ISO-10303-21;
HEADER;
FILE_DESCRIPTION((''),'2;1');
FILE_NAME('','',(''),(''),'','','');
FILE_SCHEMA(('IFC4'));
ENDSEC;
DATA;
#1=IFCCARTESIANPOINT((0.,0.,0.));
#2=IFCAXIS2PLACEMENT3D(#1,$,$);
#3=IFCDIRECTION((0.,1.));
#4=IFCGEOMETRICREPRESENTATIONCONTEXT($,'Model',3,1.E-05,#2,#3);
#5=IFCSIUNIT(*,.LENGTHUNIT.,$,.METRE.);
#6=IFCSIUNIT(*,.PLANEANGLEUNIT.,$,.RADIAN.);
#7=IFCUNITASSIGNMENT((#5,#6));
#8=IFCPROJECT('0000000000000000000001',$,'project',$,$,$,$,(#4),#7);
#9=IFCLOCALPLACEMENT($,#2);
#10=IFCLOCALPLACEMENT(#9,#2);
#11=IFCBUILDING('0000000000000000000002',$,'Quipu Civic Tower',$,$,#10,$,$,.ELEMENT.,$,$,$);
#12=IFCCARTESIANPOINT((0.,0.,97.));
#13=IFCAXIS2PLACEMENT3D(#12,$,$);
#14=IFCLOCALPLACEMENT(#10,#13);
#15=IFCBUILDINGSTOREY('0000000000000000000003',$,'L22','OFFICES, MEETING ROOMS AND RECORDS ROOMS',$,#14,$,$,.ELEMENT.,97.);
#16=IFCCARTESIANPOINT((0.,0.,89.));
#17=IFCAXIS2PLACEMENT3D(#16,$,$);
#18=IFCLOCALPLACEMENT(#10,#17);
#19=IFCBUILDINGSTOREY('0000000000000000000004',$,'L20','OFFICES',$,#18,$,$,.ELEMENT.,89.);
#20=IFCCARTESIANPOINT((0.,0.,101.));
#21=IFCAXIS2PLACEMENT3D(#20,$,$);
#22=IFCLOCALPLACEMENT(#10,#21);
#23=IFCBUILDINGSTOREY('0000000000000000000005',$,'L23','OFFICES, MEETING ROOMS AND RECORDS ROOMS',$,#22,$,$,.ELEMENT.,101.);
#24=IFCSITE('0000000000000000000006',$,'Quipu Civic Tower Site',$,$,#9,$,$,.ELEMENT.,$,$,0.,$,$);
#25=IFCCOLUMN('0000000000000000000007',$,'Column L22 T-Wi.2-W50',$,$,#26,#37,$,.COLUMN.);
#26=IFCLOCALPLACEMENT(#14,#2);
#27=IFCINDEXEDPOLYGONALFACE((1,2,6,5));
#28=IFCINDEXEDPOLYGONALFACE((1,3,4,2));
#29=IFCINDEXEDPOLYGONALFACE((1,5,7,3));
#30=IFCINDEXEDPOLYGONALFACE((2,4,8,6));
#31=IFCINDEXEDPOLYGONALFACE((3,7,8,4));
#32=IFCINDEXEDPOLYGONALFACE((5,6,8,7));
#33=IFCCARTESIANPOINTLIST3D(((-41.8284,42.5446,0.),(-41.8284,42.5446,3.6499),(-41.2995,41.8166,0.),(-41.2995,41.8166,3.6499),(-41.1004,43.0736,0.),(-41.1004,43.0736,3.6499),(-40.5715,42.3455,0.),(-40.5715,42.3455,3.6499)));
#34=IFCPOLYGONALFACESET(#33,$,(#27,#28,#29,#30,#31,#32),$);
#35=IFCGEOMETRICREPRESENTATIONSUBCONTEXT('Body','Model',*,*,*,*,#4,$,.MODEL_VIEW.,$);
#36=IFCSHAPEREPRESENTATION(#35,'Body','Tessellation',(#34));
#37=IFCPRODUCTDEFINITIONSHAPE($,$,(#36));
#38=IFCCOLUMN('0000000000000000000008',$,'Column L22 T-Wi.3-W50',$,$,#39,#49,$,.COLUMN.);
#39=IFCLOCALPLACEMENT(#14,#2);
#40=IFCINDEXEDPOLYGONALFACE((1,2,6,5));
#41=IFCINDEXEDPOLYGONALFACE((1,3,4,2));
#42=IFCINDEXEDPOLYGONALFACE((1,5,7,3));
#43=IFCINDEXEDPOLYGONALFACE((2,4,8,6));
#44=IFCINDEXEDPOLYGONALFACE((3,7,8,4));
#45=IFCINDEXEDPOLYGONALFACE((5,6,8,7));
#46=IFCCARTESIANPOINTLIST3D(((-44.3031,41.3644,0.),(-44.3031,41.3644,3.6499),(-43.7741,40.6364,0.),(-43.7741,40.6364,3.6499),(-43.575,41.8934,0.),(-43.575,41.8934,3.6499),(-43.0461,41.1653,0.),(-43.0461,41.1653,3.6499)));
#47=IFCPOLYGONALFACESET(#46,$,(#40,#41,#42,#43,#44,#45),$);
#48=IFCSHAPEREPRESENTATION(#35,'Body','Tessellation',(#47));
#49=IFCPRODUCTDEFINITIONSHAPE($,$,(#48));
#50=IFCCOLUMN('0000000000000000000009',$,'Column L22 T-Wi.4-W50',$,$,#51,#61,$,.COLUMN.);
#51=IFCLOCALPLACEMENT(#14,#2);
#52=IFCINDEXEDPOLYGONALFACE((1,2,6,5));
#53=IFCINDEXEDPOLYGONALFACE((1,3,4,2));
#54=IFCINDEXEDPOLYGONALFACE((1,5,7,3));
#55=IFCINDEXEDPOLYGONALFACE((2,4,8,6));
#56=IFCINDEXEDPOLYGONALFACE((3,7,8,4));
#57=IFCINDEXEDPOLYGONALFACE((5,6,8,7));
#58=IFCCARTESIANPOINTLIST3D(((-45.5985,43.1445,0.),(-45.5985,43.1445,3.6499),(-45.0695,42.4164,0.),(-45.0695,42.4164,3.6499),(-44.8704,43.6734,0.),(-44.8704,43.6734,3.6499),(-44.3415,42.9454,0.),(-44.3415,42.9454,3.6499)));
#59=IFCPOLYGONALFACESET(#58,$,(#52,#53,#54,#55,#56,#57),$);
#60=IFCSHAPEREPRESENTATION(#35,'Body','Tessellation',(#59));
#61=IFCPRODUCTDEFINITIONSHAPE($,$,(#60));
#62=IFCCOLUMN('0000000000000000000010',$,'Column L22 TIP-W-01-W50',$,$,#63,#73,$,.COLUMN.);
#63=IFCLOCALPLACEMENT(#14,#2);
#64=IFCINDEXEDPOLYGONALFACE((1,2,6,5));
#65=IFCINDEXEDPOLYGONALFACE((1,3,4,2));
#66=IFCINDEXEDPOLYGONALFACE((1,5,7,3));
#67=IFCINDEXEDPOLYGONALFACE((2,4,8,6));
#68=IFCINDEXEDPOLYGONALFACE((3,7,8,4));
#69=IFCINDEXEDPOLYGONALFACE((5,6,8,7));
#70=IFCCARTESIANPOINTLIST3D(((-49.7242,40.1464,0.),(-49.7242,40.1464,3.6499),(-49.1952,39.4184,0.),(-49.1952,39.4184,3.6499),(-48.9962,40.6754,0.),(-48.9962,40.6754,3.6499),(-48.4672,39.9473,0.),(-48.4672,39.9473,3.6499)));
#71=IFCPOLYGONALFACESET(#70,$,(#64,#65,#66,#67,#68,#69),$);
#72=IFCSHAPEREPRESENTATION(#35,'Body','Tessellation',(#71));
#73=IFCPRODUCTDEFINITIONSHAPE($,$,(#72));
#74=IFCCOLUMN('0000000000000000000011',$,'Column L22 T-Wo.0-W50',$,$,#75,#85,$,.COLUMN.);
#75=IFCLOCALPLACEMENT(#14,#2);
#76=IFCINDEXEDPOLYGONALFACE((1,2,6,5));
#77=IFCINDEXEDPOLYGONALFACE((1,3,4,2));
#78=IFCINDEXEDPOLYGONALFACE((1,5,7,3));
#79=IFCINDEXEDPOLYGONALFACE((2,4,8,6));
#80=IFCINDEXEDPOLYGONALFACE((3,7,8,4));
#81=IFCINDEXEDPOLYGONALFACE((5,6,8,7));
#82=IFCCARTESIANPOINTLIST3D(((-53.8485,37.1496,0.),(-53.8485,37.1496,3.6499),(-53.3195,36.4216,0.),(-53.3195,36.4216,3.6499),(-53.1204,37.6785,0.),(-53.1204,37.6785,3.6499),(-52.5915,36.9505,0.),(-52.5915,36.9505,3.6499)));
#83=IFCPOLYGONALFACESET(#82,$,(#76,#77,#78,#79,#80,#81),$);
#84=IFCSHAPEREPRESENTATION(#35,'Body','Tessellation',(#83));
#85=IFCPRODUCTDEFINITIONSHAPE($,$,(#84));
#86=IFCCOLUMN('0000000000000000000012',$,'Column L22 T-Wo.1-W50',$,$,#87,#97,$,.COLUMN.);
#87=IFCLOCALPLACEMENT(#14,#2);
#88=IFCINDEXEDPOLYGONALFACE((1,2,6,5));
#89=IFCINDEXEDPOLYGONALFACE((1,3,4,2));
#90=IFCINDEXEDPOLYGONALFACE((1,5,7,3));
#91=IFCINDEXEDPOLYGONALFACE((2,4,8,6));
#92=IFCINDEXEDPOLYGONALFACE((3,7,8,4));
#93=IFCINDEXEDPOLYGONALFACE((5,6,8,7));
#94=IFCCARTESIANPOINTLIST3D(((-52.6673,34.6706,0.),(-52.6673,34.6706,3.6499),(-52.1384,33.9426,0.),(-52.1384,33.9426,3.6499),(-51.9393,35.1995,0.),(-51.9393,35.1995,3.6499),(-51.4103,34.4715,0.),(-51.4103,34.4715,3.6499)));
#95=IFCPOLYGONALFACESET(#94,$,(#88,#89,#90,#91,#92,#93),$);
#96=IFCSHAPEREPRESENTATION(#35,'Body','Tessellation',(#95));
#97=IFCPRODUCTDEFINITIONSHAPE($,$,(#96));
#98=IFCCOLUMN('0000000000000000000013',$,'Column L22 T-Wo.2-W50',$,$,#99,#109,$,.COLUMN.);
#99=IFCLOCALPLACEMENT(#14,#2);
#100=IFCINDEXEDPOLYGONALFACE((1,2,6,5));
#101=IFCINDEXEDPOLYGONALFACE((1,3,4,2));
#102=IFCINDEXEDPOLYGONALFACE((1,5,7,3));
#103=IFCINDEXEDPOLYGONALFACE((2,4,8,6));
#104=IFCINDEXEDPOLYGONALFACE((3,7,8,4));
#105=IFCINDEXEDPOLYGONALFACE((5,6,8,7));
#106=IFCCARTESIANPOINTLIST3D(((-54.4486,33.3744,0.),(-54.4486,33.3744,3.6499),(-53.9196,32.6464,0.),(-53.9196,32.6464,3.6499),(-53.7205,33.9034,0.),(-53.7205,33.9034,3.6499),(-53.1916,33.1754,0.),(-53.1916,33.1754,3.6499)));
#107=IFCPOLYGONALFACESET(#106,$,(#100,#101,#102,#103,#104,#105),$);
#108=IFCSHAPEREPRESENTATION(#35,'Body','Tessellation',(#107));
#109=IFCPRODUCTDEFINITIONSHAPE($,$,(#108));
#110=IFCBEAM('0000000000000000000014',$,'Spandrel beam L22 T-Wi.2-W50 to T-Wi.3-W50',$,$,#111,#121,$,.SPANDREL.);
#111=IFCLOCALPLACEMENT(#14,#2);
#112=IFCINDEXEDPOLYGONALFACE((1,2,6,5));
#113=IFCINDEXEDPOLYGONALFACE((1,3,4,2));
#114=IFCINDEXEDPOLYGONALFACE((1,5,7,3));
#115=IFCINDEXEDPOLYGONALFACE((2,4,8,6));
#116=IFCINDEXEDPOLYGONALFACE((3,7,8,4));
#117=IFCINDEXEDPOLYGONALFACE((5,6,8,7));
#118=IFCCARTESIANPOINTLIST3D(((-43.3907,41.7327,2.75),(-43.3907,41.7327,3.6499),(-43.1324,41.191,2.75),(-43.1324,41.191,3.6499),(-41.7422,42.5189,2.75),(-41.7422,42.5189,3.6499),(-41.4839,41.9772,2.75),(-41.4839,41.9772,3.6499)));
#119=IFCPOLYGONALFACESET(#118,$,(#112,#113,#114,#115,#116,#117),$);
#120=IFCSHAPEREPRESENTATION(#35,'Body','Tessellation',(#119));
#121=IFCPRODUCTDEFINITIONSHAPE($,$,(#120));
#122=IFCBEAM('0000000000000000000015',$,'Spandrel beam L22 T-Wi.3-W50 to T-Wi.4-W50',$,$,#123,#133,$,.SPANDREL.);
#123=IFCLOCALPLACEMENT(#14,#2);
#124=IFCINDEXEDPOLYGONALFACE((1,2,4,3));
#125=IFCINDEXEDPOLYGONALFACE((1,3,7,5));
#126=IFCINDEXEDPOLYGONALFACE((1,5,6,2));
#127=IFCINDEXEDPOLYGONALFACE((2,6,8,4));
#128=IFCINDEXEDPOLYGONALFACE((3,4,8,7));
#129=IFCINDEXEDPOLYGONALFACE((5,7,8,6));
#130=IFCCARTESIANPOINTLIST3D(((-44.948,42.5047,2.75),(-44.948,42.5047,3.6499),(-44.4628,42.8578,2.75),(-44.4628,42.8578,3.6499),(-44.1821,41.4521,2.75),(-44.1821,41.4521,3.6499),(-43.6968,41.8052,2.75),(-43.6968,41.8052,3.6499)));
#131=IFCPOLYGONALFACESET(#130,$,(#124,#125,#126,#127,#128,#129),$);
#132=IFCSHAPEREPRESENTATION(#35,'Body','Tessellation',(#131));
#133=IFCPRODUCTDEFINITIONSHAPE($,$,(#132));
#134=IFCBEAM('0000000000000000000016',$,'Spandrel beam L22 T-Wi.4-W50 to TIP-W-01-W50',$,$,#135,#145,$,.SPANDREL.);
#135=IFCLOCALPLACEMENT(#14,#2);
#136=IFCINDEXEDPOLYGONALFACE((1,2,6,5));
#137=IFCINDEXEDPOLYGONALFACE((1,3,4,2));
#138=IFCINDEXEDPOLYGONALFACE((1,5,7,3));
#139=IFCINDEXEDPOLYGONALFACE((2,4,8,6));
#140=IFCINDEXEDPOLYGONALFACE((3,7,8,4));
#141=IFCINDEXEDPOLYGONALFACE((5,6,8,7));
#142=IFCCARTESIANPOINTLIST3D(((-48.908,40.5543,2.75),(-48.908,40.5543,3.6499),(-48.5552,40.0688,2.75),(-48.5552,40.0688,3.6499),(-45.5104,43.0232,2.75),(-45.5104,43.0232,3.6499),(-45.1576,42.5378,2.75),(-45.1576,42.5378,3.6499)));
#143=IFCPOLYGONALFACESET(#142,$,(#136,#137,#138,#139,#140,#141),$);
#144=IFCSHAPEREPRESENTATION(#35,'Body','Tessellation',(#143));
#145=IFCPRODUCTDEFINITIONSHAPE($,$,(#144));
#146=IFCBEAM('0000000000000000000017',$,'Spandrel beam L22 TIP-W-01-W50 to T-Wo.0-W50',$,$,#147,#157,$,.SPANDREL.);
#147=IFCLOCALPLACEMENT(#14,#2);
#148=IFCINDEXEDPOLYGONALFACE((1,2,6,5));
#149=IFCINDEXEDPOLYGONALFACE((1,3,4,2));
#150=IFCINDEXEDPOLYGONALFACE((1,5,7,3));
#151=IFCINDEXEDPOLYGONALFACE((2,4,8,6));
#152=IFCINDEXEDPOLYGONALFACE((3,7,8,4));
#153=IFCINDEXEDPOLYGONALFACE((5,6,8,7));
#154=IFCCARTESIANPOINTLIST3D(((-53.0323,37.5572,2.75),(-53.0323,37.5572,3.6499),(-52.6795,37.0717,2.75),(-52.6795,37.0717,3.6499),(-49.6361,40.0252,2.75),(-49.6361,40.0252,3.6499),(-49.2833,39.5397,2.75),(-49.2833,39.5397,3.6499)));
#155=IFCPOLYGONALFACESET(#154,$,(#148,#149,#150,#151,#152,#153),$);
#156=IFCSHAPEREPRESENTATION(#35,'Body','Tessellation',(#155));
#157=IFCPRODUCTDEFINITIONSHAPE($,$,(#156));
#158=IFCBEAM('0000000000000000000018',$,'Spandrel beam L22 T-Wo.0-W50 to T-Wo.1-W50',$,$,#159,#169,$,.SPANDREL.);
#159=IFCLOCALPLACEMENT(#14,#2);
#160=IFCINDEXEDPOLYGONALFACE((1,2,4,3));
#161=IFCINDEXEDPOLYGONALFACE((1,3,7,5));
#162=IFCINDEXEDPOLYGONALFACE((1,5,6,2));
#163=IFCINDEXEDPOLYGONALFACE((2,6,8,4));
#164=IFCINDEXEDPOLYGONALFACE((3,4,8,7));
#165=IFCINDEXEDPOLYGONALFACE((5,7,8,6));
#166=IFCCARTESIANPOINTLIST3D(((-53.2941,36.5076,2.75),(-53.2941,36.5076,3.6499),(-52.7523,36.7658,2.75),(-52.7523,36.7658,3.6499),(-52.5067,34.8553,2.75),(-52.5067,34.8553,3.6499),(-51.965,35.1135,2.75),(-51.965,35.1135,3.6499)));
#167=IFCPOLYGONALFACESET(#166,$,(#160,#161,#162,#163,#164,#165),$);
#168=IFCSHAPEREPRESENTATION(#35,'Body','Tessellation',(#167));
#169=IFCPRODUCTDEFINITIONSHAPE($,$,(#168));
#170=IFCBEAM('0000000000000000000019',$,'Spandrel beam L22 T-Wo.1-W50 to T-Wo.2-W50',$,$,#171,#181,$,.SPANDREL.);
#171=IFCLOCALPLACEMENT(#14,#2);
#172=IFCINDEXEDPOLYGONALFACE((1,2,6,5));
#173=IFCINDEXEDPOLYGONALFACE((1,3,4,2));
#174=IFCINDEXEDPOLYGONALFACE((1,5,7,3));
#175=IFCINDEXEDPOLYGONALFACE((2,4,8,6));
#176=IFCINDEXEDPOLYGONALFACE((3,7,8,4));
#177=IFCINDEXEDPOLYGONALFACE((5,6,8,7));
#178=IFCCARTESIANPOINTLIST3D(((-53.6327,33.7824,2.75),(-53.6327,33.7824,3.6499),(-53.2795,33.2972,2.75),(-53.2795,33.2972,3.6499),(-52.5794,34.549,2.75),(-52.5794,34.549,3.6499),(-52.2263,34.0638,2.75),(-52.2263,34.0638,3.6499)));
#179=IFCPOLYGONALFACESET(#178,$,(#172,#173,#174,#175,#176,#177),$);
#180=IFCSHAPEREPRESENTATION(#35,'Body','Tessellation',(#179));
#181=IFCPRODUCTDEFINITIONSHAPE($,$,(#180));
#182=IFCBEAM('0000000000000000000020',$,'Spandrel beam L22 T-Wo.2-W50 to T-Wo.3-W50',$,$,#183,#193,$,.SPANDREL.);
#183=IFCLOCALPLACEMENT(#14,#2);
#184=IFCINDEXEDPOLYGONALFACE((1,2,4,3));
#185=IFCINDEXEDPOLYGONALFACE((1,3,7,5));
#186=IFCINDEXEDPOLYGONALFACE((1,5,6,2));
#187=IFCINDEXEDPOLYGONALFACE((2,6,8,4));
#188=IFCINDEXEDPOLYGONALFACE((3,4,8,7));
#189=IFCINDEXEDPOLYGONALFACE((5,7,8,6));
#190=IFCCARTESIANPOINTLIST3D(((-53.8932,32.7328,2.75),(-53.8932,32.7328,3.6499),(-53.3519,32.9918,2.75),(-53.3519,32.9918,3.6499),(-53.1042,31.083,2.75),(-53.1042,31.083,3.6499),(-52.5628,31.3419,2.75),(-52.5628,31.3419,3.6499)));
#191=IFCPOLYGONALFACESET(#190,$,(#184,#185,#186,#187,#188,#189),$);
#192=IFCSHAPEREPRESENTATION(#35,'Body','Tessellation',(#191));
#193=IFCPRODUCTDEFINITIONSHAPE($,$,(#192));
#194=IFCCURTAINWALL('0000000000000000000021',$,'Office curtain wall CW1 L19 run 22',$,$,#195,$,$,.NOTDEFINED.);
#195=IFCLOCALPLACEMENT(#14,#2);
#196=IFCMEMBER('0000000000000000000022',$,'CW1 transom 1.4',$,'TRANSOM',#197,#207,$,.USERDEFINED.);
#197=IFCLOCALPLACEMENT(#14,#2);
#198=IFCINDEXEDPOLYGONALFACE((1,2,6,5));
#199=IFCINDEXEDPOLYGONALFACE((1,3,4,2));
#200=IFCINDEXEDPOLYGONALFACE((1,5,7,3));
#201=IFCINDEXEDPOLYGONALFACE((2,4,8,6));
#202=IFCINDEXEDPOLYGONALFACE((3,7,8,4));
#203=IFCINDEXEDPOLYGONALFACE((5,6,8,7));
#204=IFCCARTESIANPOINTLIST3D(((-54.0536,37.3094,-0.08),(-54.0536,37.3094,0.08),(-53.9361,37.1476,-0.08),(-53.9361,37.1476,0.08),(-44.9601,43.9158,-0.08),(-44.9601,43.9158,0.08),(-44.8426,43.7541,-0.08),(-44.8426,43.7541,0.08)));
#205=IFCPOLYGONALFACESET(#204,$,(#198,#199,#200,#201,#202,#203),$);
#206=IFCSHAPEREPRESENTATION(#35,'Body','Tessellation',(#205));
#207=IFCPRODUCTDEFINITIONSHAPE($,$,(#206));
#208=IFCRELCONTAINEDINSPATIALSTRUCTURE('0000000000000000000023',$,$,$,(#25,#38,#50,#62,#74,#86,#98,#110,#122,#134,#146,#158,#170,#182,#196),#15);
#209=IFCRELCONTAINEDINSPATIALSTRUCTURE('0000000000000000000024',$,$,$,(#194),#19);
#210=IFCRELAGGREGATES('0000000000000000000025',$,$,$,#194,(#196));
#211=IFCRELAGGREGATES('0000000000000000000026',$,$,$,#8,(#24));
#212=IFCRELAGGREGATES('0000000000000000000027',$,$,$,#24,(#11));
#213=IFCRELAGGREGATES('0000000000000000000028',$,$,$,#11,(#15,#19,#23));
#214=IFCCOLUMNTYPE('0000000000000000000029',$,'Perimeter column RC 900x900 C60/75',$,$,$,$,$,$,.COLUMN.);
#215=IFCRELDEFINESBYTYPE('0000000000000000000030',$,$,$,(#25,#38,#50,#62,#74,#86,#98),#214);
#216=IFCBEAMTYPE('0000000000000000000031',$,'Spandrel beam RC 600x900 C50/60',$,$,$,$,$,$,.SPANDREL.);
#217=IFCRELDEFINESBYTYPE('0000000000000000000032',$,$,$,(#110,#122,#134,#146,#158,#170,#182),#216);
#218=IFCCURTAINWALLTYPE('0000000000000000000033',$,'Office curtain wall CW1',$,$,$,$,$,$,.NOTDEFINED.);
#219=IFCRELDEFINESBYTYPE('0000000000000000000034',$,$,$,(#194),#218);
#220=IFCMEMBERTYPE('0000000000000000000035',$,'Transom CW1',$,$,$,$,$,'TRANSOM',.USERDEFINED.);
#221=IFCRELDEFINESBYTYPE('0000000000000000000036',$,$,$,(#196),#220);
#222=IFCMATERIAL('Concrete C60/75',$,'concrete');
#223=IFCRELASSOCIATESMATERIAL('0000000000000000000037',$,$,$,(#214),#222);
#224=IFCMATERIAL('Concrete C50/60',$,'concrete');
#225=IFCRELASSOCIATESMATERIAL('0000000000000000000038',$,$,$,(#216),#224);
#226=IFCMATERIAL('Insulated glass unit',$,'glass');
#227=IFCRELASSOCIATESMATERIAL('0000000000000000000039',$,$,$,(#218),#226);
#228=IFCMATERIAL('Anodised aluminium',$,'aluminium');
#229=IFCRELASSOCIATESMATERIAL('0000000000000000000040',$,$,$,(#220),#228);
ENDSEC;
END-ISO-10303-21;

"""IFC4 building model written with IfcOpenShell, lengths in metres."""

from ifc_helpers import new_model, si_unit, direction, frame, origin, origin_2d, place, context, subcontext, project, spatial, rectangle, extrude, material, material_profile, profile_set, type_object, element, aggregate, save


model = new_model("IFC4")

# Units and contexts
model_context = context("Model", 3, precision=1e-05, world=origin(), true_north=direction((0.0, 1.0)))
body_context = subcontext(model_context, "Body", "Model", "MODEL_VIEW")
ifc_project = project(units=[si_unit("LENGTHUNIT", "METRE"), si_unit("PLANEANGLEUNIT", "RADIAN")], contexts=[model_context])

# Site, building, storey
site_placement = place(None, origin())
site = spatial("IfcSite", under=ifc_project, at=site_placement, Name="Quipu Civic Tower Site", CompositionType="ELEMENT", RefElevation=0.0)
building_placement = place(site_placement, origin())
building = spatial("IfcBuilding", under=site, at=building_placement, Name="Quipu Civic Tower", CompositionType="ELEMENT")
storey_1_placement = place(building_placement, frame((0.0, 0.0, 97.0)))
storey_1 = spatial("IfcBuildingStorey", under=building, at=storey_1_placement, Name="L22", Description="OFFICES, MEETING ROOMS AND RECORDS ROOMS", CompositionType="ELEMENT", Elevation=97.0)

# Columns
ifc_material_1 = material(Name="Concrete C60/75", Category="concrete")
ifc_material_profile_1 = material_profile(ifc_material_1, rectangle(XDim=0.8999, YDim=0.8999, at=origin_2d()), Name="RC900x900")
ifc_profile_set_1 = profile_set([ifc_material_profile_1], Name="Concrete C60/75")
column_type = type_object("IfcColumnType", Name="Perimeter column RC 900x900 C60/75", PredefinedType="COLUMN", material=ifc_profile_set_1)
for number, where, z_axis, x_axis, name in (
    (1, (-41.2, 42.4451, 0.0), (0.0, 0.0, 1.0), (-0.587785, 0.809017, 0.0), "Column L22 T-Wi.2-W50"),
    (2, (-43.6746, 41.2649, 0.0), (0.0, 0.0, 1.0), (-0.809017, -0.587785, 0.0), "Column L22 T-Wi.3-W50"),
    (3, (-44.97, 43.0449, 0.0), (0.0, 0.0, 1.0), (-0.809017, -0.587785, 0.0), "Column L22 T-Wi.4-W50"),
    (4, (-49.0957, 40.0469, 0.0), (0.0, 0.0, 1.0), (-0.809017, -0.587785, 0.0), "Column L22 TIP-W-01-W50"),
    (5, (-53.22, 37.05, 0.0), (0.0, 0.0, 1.0), (0.587785, -0.809017, 0.0), "Column L22 T-Wo.0-W50"),
    (6, (-52.0388, 34.571, 0.0), (0.0, 0.0, 1.0), (-0.809017, -0.587785, 0.0), "Column L22 T-Wo.1-W50"),
    (7, (-53.8201, 33.2749, 0.0), (0.0, 0.0, 1.0), (0.587785, -0.809017, 0.0), "Column L22 T-Wo.2-W50"),
):
    element("IfcColumn", number, at=place(storey_1_placement, frame(where, z_axis=z_axis, x_axis=x_axis)), inside=storey_1, type_object=column_type, Name=name, PredefinedType="COLUMN", context=body_context, shape_type="SweptSolid", body=[
        extrude(rectangle(XDim=0.8999, YDim=0.8999, at=origin_2d()), origin(), (0.0, 0.0, 1.0), 3.6499),
    ])

# Beams
ifc_material_2 = material(Name="Concrete C50/60", Category="concrete")
ifc_material_profile_2 = material_profile(ifc_material_2, rectangle(XDim=0.6001, YDim=0.8999, at=origin_2d()), Name="RC600x900")
ifc_profile_set_2 = profile_set([ifc_material_profile_2], Name="Concrete C50/60")
beam_type = type_object("IfcBeamType", Name="Spandrel beam RC 600x900 C50/60", PredefinedType="SPANDREL", material=ifc_profile_set_2)
beam_1_placement = place(storey_1_placement, frame((-41.613, 42.248, 3.2), z_axis=(-0.902613, -0.430452, 0.0), x_axis=(0.430452, -0.902613, 0.0)))
element("IfcBeam", 8, at=beam_1_placement, inside=storey_1, type_object=beam_type, Name="Spandrel beam L22 T-Wi.2-W50 to T-Wi.3-W50", PredefinedType="SPANDREL", context=body_context, shape_type="SweptSolid", body=[
    extrude(rectangle(XDim=0.6001, YDim=0.8999, at=origin_2d()), origin(), (0.0, 0.0, 1.0), 1.8264),
])
beam_2_placement = place(storey_1_placement, frame((-43.9395, 41.6287, 3.2), z_axis=(-0.588384, 0.808582, 0.0), x_axis=(-0.808582, -0.588384, 0.0)))
element("IfcBeam", 9, at=beam_2_placement, inside=storey_1, type_object=beam_type, Name="Spandrel beam L22 T-Wi.3-W50 to T-Wi.4-W50", PredefinedType="SPANDREL", context=body_context, shape_type="SweptSolid", body=[
    extrude(rectangle(XDim=0.6001, YDim=0.8999, at=origin_2d()), origin(), (0.0, 0.0, 1.0), 1.3018),
])
beam_3_placement = place(storey_1_placement, frame((-45.334, 42.7805, 3.2), z_axis=(-0.80897, -0.58785, 0.0), x_axis=(0.58785, -0.80897, 0.0)))
element("IfcBeam", 10, at=beam_3_placement, inside=storey_1, type_object=beam_type, Name="Spandrel beam L22 T-Wi.4-W50 to TIP-W-01-W50", PredefinedType="SPANDREL", context=body_context, shape_type="SweptSolid", body=[
    extrude(rectangle(XDim=0.6001, YDim=0.8999, at=origin_2d()), origin(), (0.0, 0.0, 1.0), 4.2),
])
beam_4_placement = place(storey_1_placement, frame((-49.4597, 39.7825, 3.2), z_axis=(-0.80896, -0.587864, 0.0), x_axis=(0.587864, -0.80896, 0.0)))
element("IfcBeam", 11, at=beam_4_placement, inside=storey_1, type_object=beam_type, Name="Spandrel beam L22 TIP-W-01-W50 to T-Wo.0-W50", PredefinedType="SPANDREL", context=body_context, shape_type="SweptSolid", body=[
    extrude(rectangle(XDim=0.6001, YDim=0.8999, at=origin_2d()), origin(), (0.0, 0.0, 1.0), 4.1982),
])
beam_5_placement = place(storey_1_placement, frame((-53.0232, 36.6367, 3.2), z_axis=(0.430167, -0.90275, 0.0), x_axis=(0.90275, 0.430167, 0.0)))
element("IfcBeam", 12, at=beam_5_placement, inside=storey_1, type_object=beam_type, Name="Spandrel beam L22 T-Wo.0-W50 to T-Wo.1-W50", PredefinedType="SPANDREL", context=body_context, shape_type="SweptSolid", body=[
    extrude(rectangle(XDim=0.6001, YDim=0.8999, at=origin_2d()), origin(), (0.0, 0.0, 1.0), 1.8303),
])
beam_6_placement = place(storey_1_placement, frame((-52.4028, 34.3064, 3.2), z_axis=(-0.808509, -0.588484, 0.0), x_axis=(0.588484, -0.808509, 0.0)))
element("IfcBeam", 13, at=beam_6_placement, inside=storey_1, type_object=beam_type, Name="Spandrel beam L22 T-Wo.1-W50 to T-Wo.2-W50", PredefinedType="SPANDREL", context=body_context, shape_type="SweptSolid", body=[
    extrude(rectangle(XDim=0.6001, YDim=0.8999, at=origin_2d()), origin(), (0.0, 0.0, 1.0), 1.3027),
])
beam_7_placement = place(storey_1_placement, frame((-53.6226, 32.8623, 3.2), z_axis=(0.431446, -0.902139, 0.0), x_axis=(0.902139, 0.431446, 0.0)))
element("IfcBeam", 14, at=beam_7_placement, inside=storey_1, type_object=beam_type, Name="Spandrel beam L22 T-Wo.2-W50 to T-Wo.3-W50", PredefinedType="SPANDREL", context=body_context, shape_type="SweptSolid", body=[
    extrude(rectangle(XDim=0.6001, YDim=0.8999, at=origin_2d()), origin(), (0.0, 0.0, 1.0), 1.8289),
])

# Shared definitions
storey_2_placement = place(building_placement, frame((0.0, 0.0, 89.0)))
storey_2 = spatial("IfcBuildingStorey", under=building, at=storey_2_placement, Name="L20", Description="OFFICES", CompositionType="ELEMENT", Elevation=89.0)

# Curtain wall, member
ifc_material_3 = material(Name="Insulated glass unit", Category="glass")
curtain_wall_type = type_object("IfcCurtainWallType", Name="Office curtain wall CW1", PredefinedType="NOTDEFINED", material=ifc_material_3)
curtain_wall_1_placement = place(storey_2_placement, origin())
curtain_wall_1 = element("IfcCurtainWall", 15, at=curtain_wall_1_placement, inside=storey_2, type_object=curtain_wall_type, Name="Office curtain wall CW1 L19 run 22", PredefinedType="NOTDEFINED")
ifc_material_4 = material(Name="Anodised aluminium", Category="aluminium")
ifc_material_profile_3 = material_profile(ifc_material_4, rectangle(XDim=0.2, YDim=0.1599, at=origin_2d()), Name="RECT 200x160")
ifc_profile_set_3 = profile_set([ifc_material_profile_3], Name="Anodised aluminium")
member_type = type_object("IfcMemberType", Name="Transom CW1", ElementType="TRANSOM", PredefinedType="USERDEFINED", material=ifc_profile_set_3)
member_1_placement = place(storey_1_placement, frame((-44.9014, 43.835, 0.0), z_axis=(-0.809033, -0.587764, 0.0), x_axis=(0.587764, -0.809033, 0.0)))
member_1 = element("IfcMember", 16, at=member_1_placement, inside=storey_1, type_object=member_type, Name="CW1 transom 1.4", ObjectType="TRANSOM", PredefinedType="USERDEFINED", context=body_context, shape_type="SweptSolid", body=[
    extrude(rectangle(XDim=0.2, YDim=0.1599, at=origin_2d()), origin(), (0.0, 0.0, 1.0), 11.24),
])
aggregate(curtain_wall_1, [member_1])

# Shared definitions
storey_3_placement = place(building_placement, frame((0.0, 0.0, 101.0)))
storey_3 = spatial("IfcBuildingStorey", under=building, at=storey_3_placement, Name="L23", Description="OFFICES, MEETING ROOMS AND RECORDS ROOMS", CompositionType="ELEMENT", Elevation=101.0)

save(model, "model.ifc")
